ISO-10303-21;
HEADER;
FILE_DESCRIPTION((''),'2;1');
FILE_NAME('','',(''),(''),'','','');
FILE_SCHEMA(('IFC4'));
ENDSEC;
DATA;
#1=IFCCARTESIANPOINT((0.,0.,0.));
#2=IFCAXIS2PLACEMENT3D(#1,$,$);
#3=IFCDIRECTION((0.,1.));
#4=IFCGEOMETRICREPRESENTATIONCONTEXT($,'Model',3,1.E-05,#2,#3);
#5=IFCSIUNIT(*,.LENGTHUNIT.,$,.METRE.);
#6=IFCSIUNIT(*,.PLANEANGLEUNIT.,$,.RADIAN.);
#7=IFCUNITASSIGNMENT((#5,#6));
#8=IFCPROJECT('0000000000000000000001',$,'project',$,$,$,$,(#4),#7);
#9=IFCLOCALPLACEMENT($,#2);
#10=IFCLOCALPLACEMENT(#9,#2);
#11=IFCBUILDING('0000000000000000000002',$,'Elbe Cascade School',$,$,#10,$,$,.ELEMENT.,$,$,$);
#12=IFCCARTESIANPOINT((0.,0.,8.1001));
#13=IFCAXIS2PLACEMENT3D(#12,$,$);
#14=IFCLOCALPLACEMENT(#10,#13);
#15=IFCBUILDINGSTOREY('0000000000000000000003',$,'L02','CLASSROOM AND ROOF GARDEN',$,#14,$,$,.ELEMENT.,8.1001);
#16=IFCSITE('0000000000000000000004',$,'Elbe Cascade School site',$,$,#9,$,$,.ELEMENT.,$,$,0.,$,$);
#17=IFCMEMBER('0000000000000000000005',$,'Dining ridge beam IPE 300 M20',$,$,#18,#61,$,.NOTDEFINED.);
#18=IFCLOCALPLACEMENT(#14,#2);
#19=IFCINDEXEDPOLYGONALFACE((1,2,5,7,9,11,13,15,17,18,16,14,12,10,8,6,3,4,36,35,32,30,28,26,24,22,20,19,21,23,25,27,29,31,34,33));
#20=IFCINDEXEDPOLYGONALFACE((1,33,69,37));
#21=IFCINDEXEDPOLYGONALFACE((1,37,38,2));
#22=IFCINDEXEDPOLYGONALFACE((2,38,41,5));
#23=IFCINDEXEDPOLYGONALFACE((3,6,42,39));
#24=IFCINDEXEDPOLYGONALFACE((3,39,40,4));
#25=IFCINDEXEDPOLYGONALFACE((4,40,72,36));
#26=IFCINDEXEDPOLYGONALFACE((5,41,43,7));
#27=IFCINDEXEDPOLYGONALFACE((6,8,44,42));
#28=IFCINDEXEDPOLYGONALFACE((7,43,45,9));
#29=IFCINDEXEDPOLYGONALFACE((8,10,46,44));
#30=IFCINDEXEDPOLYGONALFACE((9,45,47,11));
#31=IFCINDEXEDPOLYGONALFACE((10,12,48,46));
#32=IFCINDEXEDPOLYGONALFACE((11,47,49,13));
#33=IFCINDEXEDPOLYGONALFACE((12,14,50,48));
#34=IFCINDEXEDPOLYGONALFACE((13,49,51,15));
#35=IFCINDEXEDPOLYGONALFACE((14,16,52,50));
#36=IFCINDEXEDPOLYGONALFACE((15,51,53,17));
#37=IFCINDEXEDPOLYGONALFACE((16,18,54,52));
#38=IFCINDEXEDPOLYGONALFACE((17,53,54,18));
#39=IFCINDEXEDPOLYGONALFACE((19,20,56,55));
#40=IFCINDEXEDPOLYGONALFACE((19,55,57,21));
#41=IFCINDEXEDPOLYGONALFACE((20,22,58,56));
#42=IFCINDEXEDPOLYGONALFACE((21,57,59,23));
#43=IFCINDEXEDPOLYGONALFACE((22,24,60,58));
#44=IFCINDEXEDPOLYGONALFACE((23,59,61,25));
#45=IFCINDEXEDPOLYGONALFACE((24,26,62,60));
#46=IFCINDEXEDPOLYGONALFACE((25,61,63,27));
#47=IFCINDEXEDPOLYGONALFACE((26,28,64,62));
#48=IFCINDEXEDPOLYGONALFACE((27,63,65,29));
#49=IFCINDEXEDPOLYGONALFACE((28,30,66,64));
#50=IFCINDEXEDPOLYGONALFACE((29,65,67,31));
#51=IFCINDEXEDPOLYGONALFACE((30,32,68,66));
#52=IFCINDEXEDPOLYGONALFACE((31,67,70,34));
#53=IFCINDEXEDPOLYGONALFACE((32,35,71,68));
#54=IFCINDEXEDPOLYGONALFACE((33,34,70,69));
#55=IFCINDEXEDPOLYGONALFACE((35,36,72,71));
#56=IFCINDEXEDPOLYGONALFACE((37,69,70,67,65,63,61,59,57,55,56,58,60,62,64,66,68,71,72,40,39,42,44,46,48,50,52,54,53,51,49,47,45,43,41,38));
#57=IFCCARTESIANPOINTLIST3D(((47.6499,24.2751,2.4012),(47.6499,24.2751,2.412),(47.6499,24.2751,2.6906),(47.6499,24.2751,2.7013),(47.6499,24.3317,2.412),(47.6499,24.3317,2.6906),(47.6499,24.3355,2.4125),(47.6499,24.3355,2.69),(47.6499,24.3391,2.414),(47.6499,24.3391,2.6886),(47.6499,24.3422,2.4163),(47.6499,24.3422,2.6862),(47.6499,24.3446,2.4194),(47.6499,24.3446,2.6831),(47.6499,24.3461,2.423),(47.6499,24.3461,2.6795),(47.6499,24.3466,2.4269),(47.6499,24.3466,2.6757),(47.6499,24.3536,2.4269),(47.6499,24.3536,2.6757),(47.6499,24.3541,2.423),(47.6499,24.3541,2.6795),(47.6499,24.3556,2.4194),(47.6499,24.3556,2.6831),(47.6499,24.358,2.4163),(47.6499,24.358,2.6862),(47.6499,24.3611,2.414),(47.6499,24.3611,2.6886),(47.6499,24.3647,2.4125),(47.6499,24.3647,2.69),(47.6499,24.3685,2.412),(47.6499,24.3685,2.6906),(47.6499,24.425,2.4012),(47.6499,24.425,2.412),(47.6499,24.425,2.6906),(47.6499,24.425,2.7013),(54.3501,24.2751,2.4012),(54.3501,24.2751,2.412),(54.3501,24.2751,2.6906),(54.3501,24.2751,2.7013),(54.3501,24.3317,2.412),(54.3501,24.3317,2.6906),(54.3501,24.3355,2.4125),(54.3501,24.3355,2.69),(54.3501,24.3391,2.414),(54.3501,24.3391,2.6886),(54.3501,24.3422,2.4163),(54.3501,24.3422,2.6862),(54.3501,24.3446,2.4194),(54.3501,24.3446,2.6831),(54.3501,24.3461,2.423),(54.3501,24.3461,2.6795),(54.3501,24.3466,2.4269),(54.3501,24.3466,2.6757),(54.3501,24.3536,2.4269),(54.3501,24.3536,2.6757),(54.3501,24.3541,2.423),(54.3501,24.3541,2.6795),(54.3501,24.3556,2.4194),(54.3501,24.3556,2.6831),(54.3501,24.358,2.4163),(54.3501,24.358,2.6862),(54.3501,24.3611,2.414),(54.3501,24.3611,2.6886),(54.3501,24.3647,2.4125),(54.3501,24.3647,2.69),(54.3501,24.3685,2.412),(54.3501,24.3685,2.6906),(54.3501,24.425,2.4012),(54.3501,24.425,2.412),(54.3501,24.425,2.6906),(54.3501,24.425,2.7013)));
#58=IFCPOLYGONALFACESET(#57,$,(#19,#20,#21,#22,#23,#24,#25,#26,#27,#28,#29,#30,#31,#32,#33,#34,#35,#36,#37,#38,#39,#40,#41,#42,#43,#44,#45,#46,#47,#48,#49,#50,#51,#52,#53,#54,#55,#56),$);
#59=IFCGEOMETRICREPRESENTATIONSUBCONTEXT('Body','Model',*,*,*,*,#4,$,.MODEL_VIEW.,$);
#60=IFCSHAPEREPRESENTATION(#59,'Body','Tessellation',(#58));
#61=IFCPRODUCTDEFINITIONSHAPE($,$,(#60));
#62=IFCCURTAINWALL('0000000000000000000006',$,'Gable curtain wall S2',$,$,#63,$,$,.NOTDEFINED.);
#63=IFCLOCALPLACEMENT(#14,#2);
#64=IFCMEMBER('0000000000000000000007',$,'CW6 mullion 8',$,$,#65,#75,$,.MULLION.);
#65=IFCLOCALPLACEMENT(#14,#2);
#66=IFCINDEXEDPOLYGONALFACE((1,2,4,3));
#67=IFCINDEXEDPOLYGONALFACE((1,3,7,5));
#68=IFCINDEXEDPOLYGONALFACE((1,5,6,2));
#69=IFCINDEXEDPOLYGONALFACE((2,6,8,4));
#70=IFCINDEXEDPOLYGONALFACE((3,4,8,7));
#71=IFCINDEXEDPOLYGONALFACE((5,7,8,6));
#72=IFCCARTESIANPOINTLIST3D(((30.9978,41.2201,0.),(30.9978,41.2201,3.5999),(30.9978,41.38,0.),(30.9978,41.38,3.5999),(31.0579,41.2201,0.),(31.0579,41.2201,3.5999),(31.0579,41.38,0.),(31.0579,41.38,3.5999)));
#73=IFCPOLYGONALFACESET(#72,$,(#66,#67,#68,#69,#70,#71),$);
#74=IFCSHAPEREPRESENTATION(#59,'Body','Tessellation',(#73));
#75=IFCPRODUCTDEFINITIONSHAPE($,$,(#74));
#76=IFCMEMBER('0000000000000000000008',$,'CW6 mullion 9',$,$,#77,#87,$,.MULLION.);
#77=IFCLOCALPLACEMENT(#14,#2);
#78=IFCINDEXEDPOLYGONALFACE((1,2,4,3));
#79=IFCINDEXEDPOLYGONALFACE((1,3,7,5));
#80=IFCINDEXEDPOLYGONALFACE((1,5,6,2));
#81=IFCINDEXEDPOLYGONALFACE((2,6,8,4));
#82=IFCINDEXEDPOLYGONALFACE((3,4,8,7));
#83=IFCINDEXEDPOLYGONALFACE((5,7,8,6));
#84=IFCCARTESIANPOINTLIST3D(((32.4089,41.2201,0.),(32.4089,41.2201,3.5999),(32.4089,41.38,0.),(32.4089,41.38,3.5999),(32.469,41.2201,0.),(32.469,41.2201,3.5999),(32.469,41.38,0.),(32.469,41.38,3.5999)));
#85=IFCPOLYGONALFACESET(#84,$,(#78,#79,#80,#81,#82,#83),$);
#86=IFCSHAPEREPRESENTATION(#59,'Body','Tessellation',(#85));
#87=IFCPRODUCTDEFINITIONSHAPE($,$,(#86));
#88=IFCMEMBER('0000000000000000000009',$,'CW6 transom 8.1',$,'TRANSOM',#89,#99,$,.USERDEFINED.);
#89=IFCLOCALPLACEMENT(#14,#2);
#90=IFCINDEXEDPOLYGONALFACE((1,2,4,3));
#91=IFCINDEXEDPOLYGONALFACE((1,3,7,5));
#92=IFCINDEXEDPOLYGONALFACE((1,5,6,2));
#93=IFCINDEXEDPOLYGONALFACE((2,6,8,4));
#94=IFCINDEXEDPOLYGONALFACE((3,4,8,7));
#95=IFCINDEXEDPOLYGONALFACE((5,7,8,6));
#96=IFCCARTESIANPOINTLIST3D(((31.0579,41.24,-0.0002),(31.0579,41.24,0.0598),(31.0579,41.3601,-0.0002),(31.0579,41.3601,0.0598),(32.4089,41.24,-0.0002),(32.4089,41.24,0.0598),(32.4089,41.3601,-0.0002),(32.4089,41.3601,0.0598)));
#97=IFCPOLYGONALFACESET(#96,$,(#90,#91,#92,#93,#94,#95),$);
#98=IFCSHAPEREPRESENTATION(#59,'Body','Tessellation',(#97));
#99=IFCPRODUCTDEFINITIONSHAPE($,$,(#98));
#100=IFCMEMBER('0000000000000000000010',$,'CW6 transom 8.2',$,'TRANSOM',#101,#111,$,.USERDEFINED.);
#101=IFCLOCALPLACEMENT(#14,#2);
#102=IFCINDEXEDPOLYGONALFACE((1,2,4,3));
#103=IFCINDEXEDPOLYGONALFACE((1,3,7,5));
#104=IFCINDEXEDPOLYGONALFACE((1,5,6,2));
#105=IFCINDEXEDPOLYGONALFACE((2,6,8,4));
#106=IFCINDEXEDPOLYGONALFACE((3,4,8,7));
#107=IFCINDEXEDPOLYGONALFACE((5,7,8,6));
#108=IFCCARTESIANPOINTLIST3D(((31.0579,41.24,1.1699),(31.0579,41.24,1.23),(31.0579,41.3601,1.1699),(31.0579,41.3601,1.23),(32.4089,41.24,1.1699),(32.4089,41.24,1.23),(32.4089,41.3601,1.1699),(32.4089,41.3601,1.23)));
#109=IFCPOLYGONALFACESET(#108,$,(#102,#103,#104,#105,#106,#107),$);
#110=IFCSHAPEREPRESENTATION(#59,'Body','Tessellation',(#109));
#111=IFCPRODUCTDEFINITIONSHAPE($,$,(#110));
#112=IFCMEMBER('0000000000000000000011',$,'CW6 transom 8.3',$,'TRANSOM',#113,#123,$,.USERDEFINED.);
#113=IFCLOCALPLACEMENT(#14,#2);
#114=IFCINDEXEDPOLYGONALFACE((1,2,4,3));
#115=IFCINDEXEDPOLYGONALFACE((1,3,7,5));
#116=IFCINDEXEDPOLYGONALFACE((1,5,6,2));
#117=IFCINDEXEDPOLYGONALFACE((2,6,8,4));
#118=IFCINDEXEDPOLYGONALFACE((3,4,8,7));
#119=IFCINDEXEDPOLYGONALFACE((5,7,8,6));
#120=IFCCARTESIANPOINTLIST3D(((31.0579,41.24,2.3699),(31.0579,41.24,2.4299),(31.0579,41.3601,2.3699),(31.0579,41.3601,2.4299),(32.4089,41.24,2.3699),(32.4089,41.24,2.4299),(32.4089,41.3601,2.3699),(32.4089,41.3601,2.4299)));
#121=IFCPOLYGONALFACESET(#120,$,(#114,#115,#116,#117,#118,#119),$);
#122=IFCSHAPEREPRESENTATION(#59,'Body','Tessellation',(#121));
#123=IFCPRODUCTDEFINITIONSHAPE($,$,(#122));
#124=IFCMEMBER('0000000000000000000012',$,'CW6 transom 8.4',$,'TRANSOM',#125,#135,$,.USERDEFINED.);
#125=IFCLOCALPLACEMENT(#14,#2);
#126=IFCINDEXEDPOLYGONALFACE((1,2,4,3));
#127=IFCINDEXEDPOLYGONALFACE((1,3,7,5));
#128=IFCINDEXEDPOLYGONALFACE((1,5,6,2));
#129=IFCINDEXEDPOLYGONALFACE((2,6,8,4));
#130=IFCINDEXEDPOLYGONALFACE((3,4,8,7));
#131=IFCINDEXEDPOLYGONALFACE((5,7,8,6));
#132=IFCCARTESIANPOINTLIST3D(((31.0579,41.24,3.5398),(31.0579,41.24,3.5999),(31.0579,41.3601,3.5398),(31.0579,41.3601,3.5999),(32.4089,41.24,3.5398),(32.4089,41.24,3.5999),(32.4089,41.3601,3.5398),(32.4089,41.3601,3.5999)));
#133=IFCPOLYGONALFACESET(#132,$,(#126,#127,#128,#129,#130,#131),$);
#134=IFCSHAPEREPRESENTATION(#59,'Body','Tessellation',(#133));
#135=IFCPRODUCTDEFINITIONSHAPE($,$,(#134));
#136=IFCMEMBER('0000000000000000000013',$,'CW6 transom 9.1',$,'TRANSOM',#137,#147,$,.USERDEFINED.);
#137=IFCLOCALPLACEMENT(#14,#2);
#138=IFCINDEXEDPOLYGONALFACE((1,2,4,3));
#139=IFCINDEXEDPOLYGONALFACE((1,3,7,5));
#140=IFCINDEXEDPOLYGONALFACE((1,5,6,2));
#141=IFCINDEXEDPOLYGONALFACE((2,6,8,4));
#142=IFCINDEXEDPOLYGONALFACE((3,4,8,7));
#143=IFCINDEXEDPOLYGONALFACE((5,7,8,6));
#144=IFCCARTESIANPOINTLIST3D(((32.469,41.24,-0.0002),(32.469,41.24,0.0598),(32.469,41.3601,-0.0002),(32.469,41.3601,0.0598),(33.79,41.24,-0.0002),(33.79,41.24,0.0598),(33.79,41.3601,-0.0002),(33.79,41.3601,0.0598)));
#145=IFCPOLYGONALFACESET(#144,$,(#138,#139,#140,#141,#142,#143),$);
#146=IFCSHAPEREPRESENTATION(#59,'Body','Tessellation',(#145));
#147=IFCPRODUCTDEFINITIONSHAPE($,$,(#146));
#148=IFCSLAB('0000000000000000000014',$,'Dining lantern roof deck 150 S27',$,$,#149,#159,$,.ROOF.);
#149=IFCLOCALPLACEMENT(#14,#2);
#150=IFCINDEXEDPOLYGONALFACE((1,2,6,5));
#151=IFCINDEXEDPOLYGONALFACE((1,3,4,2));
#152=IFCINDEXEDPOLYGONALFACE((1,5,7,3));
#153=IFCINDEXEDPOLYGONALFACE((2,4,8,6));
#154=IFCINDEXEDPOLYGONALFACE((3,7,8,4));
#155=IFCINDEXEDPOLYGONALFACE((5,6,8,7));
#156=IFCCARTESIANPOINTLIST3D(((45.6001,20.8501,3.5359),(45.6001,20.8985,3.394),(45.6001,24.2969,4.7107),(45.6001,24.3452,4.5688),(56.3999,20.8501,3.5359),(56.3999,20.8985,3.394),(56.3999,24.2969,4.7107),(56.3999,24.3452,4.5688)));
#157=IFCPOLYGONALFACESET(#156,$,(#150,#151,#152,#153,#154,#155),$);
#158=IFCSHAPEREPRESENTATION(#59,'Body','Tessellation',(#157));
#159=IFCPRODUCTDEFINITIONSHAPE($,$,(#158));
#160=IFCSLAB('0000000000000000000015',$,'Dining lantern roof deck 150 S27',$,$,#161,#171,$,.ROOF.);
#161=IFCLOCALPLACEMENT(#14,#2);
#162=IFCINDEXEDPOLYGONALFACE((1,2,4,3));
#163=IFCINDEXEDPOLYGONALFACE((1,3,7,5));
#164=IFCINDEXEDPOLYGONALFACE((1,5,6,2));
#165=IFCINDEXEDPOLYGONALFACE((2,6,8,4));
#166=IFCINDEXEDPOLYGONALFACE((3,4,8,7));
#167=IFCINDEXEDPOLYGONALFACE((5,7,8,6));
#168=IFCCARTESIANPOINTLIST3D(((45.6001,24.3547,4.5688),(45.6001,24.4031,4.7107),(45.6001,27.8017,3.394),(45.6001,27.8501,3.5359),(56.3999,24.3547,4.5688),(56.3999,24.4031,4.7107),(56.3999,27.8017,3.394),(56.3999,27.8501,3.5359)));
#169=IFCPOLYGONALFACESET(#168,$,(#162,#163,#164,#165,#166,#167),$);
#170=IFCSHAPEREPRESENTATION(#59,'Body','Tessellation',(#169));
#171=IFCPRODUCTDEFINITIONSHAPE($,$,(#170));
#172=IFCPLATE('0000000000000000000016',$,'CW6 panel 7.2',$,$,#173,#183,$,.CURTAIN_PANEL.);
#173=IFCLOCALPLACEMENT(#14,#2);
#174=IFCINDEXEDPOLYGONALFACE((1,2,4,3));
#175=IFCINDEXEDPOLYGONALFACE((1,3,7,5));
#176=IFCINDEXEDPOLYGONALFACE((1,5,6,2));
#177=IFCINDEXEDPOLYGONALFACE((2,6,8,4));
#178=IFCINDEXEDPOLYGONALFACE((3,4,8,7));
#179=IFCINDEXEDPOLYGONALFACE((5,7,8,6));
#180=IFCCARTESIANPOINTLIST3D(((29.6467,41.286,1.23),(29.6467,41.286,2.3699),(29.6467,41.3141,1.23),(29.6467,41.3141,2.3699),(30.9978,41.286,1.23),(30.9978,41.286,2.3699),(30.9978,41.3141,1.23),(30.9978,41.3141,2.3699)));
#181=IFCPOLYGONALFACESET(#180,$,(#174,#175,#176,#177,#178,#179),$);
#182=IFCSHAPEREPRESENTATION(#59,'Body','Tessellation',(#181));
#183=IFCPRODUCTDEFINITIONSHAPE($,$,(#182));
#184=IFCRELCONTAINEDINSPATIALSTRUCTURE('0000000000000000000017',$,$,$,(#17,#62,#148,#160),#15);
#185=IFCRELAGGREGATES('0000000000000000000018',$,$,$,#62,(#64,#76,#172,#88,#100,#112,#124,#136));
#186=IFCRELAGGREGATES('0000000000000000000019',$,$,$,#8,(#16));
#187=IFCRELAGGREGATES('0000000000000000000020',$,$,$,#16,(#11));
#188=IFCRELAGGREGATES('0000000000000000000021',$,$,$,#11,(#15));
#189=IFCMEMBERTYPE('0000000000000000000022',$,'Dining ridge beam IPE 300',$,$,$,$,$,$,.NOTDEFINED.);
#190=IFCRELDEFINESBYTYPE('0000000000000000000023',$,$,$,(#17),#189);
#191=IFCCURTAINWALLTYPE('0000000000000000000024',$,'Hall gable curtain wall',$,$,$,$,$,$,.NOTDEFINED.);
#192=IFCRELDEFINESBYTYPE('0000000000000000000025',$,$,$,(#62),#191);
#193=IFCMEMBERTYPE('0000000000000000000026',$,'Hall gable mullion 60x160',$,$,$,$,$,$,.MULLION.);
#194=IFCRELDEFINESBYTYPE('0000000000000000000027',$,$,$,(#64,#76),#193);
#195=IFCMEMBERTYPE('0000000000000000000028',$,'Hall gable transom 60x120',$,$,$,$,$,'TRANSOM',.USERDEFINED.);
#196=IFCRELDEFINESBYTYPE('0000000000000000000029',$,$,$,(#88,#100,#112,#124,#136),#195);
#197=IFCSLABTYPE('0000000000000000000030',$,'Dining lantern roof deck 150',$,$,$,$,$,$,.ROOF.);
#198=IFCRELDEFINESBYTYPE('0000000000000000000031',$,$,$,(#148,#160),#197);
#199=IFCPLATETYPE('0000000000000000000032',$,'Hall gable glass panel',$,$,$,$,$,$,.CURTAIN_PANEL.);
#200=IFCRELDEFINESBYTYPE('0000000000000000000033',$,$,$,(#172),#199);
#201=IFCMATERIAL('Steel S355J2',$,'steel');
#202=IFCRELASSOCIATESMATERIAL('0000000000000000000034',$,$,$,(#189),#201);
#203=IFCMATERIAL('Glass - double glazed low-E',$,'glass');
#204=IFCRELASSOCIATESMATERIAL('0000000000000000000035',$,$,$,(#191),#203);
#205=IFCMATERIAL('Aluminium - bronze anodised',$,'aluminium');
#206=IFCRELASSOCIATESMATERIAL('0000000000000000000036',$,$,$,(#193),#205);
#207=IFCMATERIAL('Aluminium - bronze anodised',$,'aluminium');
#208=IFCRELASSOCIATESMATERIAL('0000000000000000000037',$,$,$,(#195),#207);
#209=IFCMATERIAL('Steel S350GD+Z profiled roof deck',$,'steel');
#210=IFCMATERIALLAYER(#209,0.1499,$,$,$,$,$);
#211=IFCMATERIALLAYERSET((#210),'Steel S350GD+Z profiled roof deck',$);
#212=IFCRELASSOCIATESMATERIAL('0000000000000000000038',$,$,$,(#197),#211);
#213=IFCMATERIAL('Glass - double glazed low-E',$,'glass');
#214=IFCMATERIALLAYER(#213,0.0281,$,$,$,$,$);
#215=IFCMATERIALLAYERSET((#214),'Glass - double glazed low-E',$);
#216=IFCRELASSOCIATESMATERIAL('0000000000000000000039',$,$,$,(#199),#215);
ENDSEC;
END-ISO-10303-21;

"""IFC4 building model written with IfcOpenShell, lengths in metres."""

from ifc_helpers import new_model, si_unit, direction, frame, origin, origin_2d, place, context, subcontext, project, spatial, polyline, rectangle, i_section, outline, extrude, material, layer, layer_set, material_profile, profile_set, type_object, element, aggregate, save


model = new_model("IFC4")

# Units and contexts
model_context = context("Model", 3, precision=1e-05, world=origin(), true_north=direction((0.0, 1.0)))
body_context = subcontext(model_context, "Body", "Model", "MODEL_VIEW")
ifc_project = project(units=[si_unit("LENGTHUNIT", "METRE"), si_unit("PLANEANGLEUNIT", "RADIAN")], contexts=[model_context])

# Site, building, storey
site_placement = place(None, origin())
site = spatial("IfcSite", under=ifc_project, at=site_placement, Name="Elbe Cascade School site", CompositionType="ELEMENT", RefElevation=0.0)
building_placement = place(site_placement, origin())
building = spatial("IfcBuilding", under=site, at=building_placement, Name="Elbe Cascade School", CompositionType="ELEMENT")
storey_placement = place(building_placement, frame((0.0, 0.0, 8.1001)))
storey = spatial("IfcBuildingStorey", under=building, at=storey_placement, Name="L02", Description="CLASSROOM AND ROOF GARDEN", CompositionType="ELEMENT", Elevation=8.1001)

# Member
ifc_material_1 = material(Name="Steel S355J2", Category="steel")
ifc_material_profile_1 = material_profile(ifc_material_1, i_section(OverallWidth=0.1499, OverallDepth=0.3, WebThickness=0.0071, FlangeThickness=0.0107, FilletRadius=0.0149, at=origin_2d()), Name="IPE 300")
ifc_profile_set_1 = profile_set([ifc_material_profile_1], Name="Steel S355J2")
member_type_1 = type_object("IfcMemberType", Name="Dining ridge beam IPE 300", PredefinedType="NOTDEFINED", material=ifc_profile_set_1)
member_1_placement = place(storey_placement, frame((47.6499, 24.3501, 2.5513), z_axis=(1.0, 0.0, 0.0), x_axis=(0.0, 1.0, 0.0)))
element("IfcMember", 1, at=member_1_placement, inside=storey, type_object=member_type_1, Name="Dining ridge beam IPE 300 M20", PredefinedType="NOTDEFINED", context=body_context, shape_type="SweptSolid", body=[
    extrude(i_section(OverallWidth=0.1499, OverallDepth=0.3, WebThickness=0.0071, FlangeThickness=0.0107, FilletRadius=0.0149, at=origin_2d()), origin(), (0.0, 0.0, 1.0), 6.7002),
])

# Curtain wall, members
ifc_material_2 = material(Name="Glass - double glazed low-E", Category="glass")
curtain_wall_type = type_object("IfcCurtainWallType", Name="Hall gable curtain wall", PredefinedType="NOTDEFINED", material=ifc_material_2)
curtain_wall_placement = place(storey_placement, origin())
curtain_wall = element("IfcCurtainWall", 2, at=curtain_wall_placement, inside=storey, type_object=curtain_wall_type, Name="Gable curtain wall S2", PredefinedType="NOTDEFINED")
ifc_material_3 = material(Name="Aluminium - bronze anodised", Category="aluminium")
ifc_material_profile_2 = material_profile(ifc_material_3, rectangle(XDim=0.1599, YDim=0.0601, at=origin_2d()), Name="Alu 60x160")
ifc_profile_set_2 = profile_set([ifc_material_profile_2], Name="Aluminium - bronze anodised")
member_type_2 = type_object("IfcMemberType", Name="Hall gable mullion 60x160", PredefinedType="MULLION", material=ifc_profile_set_2)
member_2_placement = place(storey_placement, frame((31.0278, 41.3, 0.0), z_axis=(0.0, 0.0, 1.0), x_axis=(0.0, 1.0, 0.0)))
member_2 = element("IfcMember", 3, at=member_2_placement, type_object=member_type_2, Name="CW6 mullion 8", PredefinedType="MULLION", context=body_context, shape_type="SweptSolid", body=[
    extrude(rectangle(XDim=0.1599, YDim=0.0601, at=origin_2d()), origin(), (0.0, 0.0, 1.0), 3.5999),
])
member_3_placement = place(storey_placement, frame((32.439, 41.3, 0.0), z_axis=(0.0, 0.0, 1.0), x_axis=(0.0, 1.0, 0.0)))
member_3 = element("IfcMember", 4, at=member_3_placement, type_object=member_type_2, Name="CW6 mullion 9", PredefinedType="MULLION", context=body_context, shape_type="SweptSolid", body=[
    extrude(rectangle(XDim=0.1599, YDim=0.0601, at=origin_2d()), origin(), (0.0, 0.0, 1.0), 3.5999),
])
ifc_material_4 = material(Name="Aluminium - bronze anodised", Category="aluminium")
ifc_material_profile_3 = material_profile(ifc_material_4, rectangle(XDim=0.1201, YDim=0.0601, at=origin_2d()), Name="Alu 60x120")
ifc_profile_set_3 = profile_set([ifc_material_profile_3], Name="Aluminium - bronze anodised")
member_type_3 = type_object("IfcMemberType", Name="Hall gable transom 60x120", ElementType="TRANSOM", PredefinedType="USERDEFINED", material=ifc_profile_set_3)
member_4_placement = place(storey_placement, frame((31.0579, 41.3, 0.0298), z_axis=(1.0, 0.0, 0.0), x_axis=(0.0, 1.0, 0.0)))
member_4 = element("IfcMember", 5, at=member_4_placement, type_object=member_type_3, Name="CW6 transom 8.1", ObjectType="TRANSOM", PredefinedType="USERDEFINED", context=body_context, shape_type="SweptSolid", body=[
    extrude(rectangle(XDim=0.1201, YDim=0.0601, at=origin_2d()), origin(), (0.0, 0.0, 1.0), 1.3511),
])
member_5_placement = place(storey_placement, frame((31.0579, 41.3, 1.2), z_axis=(1.0, 0.0, 0.0), x_axis=(0.0, 1.0, 0.0)))
member_5 = element("IfcMember", 6, at=member_5_placement, type_object=member_type_3, Name="CW6 transom 8.2", ObjectType="TRANSOM", PredefinedType="USERDEFINED", context=body_context, shape_type="SweptSolid", body=[
    extrude(rectangle(XDim=0.1201, YDim=0.0601, at=origin_2d()), origin(), (0.0, 0.0, 1.0), 1.3511),
])
member_6_placement = place(storey_placement, frame((31.0579, 41.3, 2.3999), z_axis=(1.0, 0.0, 0.0), x_axis=(0.0, 1.0, 0.0)))
member_6 = element("IfcMember", 7, at=member_6_placement, type_object=member_type_3, Name="CW6 transom 8.3", ObjectType="TRANSOM", PredefinedType="USERDEFINED", context=body_context, shape_type="SweptSolid", body=[
    extrude(rectangle(XDim=0.1201, YDim=0.0601, at=origin_2d()), origin(), (0.0, 0.0, 1.0), 1.3511),
])
member_7_placement = place(storey_placement, frame((31.0579, 41.3, 3.5698), z_axis=(1.0, 0.0, 0.0), x_axis=(0.0, 1.0, 0.0)))
member_7 = element("IfcMember", 8, at=member_7_placement, type_object=member_type_3, Name="CW6 transom 8.4", ObjectType="TRANSOM", PredefinedType="USERDEFINED", context=body_context, shape_type="SweptSolid", body=[
    extrude(rectangle(XDim=0.1201, YDim=0.0601, at=origin_2d()), origin(), (0.0, 0.0, 1.0), 1.3511),
])
member_8_placement = place(storey_placement, frame((32.469, 41.3, 0.0298), z_axis=(1.0, 0.0, 0.0), x_axis=(0.0, 1.0, 0.0)))
member_8 = element("IfcMember", 9, at=member_8_placement, type_object=member_type_3, Name="CW6 transom 9.1", ObjectType="TRANSOM", PredefinedType="USERDEFINED", context=body_context, shape_type="SweptSolid", body=[
    extrude(rectangle(XDim=0.1201, YDim=0.0601, at=origin_2d()), origin(), (0.0, 0.0, 1.0), 1.321),
])

# Slabs
ifc_material_5 = material(Name="Steel S350GD+Z profiled roof deck", Category="steel")
ifc_layer_1 = layer(ifc_material_5, 0.1499)
ifc_layer_set_1 = layer_set([ifc_layer_1], Name="Steel S350GD+Z profiled roof deck")
slab_type = type_object("IfcSlabType", Name="Dining lantern roof deck 150", PredefinedType="ROOF", material=ifc_layer_set_1)
slab_1_placement = place(storey_placement, frame((45.6001, 20.8501, 3.5359), z_axis=(0.0, -0.322617, 0.94653), x_axis=(1.0, 0.0, 0.0)))
element("IfcSlab", 10, at=slab_1_placement, inside=storey, type_object=slab_type, Name="Dining lantern roof deck 150 S27", PredefinedType="ROOF", context=body_context, shape_type="SweptSolid", body=[
    extrude(outline(polyline([(0.0, 0.0), (10.7998, 0.0), (10.7998, 3.6415), (0.0, 3.6415), (0.0, 0.0)])), origin(), (0.0, 0.0, -1.0), 0.1499),
])
slab_2_placement = place(storey_placement, frame((45.6001, 27.8501, 3.5359), z_axis=(0.0, 0.322596, 0.946537), x_axis=(1.0, 0.0, 0.0)))
element("IfcSlab", 11, at=slab_2_placement, inside=storey, type_object=slab_type, Name="Dining lantern roof deck 150 S27", PredefinedType="ROOF", context=body_context, shape_type="SweptSolid", body=[
    extrude(outline(polyline([(0.0, 0.0), (10.7998, 0.0), (10.7998, -3.6417), (0.0, -3.6417), (0.0, 0.0)])), origin(), (0.0, 0.0, -1.0), 0.1499),
])

# Plate
ifc_material_6 = material(Name="Glass - double glazed low-E", Category="glass")
ifc_layer_2 = layer(ifc_material_6, 0.0281)
ifc_layer_set_2 = layer_set([ifc_layer_2], Name="Glass - double glazed low-E")
plate_type = type_object("IfcPlateType", Name="Hall gable glass panel", PredefinedType="CURTAIN_PANEL", material=ifc_layer_set_2)
plate_1_placement = place(storey_placement, frame((30.3223, 41.3, 1.23), z_axis=(0.0, 0.0, 1.0), x_axis=(1.0, 0.0, 0.0)))
plate_1 = element("IfcPlate", 12, at=plate_1_placement, type_object=plate_type, Name="CW6 panel 7.2", PredefinedType="CURTAIN_PANEL", context=body_context, shape_type="SweptSolid", body=[
    extrude(rectangle(XDim=1.3511, YDim=0.0281, at=origin_2d()), origin(), (0.0, 0.0, 1.0), 1.1399),
])
aggregate(curtain_wall, [member_2, member_3, plate_1, member_4, member_5, member_6, member_7, member_8])

save(model, "model.ifc")
